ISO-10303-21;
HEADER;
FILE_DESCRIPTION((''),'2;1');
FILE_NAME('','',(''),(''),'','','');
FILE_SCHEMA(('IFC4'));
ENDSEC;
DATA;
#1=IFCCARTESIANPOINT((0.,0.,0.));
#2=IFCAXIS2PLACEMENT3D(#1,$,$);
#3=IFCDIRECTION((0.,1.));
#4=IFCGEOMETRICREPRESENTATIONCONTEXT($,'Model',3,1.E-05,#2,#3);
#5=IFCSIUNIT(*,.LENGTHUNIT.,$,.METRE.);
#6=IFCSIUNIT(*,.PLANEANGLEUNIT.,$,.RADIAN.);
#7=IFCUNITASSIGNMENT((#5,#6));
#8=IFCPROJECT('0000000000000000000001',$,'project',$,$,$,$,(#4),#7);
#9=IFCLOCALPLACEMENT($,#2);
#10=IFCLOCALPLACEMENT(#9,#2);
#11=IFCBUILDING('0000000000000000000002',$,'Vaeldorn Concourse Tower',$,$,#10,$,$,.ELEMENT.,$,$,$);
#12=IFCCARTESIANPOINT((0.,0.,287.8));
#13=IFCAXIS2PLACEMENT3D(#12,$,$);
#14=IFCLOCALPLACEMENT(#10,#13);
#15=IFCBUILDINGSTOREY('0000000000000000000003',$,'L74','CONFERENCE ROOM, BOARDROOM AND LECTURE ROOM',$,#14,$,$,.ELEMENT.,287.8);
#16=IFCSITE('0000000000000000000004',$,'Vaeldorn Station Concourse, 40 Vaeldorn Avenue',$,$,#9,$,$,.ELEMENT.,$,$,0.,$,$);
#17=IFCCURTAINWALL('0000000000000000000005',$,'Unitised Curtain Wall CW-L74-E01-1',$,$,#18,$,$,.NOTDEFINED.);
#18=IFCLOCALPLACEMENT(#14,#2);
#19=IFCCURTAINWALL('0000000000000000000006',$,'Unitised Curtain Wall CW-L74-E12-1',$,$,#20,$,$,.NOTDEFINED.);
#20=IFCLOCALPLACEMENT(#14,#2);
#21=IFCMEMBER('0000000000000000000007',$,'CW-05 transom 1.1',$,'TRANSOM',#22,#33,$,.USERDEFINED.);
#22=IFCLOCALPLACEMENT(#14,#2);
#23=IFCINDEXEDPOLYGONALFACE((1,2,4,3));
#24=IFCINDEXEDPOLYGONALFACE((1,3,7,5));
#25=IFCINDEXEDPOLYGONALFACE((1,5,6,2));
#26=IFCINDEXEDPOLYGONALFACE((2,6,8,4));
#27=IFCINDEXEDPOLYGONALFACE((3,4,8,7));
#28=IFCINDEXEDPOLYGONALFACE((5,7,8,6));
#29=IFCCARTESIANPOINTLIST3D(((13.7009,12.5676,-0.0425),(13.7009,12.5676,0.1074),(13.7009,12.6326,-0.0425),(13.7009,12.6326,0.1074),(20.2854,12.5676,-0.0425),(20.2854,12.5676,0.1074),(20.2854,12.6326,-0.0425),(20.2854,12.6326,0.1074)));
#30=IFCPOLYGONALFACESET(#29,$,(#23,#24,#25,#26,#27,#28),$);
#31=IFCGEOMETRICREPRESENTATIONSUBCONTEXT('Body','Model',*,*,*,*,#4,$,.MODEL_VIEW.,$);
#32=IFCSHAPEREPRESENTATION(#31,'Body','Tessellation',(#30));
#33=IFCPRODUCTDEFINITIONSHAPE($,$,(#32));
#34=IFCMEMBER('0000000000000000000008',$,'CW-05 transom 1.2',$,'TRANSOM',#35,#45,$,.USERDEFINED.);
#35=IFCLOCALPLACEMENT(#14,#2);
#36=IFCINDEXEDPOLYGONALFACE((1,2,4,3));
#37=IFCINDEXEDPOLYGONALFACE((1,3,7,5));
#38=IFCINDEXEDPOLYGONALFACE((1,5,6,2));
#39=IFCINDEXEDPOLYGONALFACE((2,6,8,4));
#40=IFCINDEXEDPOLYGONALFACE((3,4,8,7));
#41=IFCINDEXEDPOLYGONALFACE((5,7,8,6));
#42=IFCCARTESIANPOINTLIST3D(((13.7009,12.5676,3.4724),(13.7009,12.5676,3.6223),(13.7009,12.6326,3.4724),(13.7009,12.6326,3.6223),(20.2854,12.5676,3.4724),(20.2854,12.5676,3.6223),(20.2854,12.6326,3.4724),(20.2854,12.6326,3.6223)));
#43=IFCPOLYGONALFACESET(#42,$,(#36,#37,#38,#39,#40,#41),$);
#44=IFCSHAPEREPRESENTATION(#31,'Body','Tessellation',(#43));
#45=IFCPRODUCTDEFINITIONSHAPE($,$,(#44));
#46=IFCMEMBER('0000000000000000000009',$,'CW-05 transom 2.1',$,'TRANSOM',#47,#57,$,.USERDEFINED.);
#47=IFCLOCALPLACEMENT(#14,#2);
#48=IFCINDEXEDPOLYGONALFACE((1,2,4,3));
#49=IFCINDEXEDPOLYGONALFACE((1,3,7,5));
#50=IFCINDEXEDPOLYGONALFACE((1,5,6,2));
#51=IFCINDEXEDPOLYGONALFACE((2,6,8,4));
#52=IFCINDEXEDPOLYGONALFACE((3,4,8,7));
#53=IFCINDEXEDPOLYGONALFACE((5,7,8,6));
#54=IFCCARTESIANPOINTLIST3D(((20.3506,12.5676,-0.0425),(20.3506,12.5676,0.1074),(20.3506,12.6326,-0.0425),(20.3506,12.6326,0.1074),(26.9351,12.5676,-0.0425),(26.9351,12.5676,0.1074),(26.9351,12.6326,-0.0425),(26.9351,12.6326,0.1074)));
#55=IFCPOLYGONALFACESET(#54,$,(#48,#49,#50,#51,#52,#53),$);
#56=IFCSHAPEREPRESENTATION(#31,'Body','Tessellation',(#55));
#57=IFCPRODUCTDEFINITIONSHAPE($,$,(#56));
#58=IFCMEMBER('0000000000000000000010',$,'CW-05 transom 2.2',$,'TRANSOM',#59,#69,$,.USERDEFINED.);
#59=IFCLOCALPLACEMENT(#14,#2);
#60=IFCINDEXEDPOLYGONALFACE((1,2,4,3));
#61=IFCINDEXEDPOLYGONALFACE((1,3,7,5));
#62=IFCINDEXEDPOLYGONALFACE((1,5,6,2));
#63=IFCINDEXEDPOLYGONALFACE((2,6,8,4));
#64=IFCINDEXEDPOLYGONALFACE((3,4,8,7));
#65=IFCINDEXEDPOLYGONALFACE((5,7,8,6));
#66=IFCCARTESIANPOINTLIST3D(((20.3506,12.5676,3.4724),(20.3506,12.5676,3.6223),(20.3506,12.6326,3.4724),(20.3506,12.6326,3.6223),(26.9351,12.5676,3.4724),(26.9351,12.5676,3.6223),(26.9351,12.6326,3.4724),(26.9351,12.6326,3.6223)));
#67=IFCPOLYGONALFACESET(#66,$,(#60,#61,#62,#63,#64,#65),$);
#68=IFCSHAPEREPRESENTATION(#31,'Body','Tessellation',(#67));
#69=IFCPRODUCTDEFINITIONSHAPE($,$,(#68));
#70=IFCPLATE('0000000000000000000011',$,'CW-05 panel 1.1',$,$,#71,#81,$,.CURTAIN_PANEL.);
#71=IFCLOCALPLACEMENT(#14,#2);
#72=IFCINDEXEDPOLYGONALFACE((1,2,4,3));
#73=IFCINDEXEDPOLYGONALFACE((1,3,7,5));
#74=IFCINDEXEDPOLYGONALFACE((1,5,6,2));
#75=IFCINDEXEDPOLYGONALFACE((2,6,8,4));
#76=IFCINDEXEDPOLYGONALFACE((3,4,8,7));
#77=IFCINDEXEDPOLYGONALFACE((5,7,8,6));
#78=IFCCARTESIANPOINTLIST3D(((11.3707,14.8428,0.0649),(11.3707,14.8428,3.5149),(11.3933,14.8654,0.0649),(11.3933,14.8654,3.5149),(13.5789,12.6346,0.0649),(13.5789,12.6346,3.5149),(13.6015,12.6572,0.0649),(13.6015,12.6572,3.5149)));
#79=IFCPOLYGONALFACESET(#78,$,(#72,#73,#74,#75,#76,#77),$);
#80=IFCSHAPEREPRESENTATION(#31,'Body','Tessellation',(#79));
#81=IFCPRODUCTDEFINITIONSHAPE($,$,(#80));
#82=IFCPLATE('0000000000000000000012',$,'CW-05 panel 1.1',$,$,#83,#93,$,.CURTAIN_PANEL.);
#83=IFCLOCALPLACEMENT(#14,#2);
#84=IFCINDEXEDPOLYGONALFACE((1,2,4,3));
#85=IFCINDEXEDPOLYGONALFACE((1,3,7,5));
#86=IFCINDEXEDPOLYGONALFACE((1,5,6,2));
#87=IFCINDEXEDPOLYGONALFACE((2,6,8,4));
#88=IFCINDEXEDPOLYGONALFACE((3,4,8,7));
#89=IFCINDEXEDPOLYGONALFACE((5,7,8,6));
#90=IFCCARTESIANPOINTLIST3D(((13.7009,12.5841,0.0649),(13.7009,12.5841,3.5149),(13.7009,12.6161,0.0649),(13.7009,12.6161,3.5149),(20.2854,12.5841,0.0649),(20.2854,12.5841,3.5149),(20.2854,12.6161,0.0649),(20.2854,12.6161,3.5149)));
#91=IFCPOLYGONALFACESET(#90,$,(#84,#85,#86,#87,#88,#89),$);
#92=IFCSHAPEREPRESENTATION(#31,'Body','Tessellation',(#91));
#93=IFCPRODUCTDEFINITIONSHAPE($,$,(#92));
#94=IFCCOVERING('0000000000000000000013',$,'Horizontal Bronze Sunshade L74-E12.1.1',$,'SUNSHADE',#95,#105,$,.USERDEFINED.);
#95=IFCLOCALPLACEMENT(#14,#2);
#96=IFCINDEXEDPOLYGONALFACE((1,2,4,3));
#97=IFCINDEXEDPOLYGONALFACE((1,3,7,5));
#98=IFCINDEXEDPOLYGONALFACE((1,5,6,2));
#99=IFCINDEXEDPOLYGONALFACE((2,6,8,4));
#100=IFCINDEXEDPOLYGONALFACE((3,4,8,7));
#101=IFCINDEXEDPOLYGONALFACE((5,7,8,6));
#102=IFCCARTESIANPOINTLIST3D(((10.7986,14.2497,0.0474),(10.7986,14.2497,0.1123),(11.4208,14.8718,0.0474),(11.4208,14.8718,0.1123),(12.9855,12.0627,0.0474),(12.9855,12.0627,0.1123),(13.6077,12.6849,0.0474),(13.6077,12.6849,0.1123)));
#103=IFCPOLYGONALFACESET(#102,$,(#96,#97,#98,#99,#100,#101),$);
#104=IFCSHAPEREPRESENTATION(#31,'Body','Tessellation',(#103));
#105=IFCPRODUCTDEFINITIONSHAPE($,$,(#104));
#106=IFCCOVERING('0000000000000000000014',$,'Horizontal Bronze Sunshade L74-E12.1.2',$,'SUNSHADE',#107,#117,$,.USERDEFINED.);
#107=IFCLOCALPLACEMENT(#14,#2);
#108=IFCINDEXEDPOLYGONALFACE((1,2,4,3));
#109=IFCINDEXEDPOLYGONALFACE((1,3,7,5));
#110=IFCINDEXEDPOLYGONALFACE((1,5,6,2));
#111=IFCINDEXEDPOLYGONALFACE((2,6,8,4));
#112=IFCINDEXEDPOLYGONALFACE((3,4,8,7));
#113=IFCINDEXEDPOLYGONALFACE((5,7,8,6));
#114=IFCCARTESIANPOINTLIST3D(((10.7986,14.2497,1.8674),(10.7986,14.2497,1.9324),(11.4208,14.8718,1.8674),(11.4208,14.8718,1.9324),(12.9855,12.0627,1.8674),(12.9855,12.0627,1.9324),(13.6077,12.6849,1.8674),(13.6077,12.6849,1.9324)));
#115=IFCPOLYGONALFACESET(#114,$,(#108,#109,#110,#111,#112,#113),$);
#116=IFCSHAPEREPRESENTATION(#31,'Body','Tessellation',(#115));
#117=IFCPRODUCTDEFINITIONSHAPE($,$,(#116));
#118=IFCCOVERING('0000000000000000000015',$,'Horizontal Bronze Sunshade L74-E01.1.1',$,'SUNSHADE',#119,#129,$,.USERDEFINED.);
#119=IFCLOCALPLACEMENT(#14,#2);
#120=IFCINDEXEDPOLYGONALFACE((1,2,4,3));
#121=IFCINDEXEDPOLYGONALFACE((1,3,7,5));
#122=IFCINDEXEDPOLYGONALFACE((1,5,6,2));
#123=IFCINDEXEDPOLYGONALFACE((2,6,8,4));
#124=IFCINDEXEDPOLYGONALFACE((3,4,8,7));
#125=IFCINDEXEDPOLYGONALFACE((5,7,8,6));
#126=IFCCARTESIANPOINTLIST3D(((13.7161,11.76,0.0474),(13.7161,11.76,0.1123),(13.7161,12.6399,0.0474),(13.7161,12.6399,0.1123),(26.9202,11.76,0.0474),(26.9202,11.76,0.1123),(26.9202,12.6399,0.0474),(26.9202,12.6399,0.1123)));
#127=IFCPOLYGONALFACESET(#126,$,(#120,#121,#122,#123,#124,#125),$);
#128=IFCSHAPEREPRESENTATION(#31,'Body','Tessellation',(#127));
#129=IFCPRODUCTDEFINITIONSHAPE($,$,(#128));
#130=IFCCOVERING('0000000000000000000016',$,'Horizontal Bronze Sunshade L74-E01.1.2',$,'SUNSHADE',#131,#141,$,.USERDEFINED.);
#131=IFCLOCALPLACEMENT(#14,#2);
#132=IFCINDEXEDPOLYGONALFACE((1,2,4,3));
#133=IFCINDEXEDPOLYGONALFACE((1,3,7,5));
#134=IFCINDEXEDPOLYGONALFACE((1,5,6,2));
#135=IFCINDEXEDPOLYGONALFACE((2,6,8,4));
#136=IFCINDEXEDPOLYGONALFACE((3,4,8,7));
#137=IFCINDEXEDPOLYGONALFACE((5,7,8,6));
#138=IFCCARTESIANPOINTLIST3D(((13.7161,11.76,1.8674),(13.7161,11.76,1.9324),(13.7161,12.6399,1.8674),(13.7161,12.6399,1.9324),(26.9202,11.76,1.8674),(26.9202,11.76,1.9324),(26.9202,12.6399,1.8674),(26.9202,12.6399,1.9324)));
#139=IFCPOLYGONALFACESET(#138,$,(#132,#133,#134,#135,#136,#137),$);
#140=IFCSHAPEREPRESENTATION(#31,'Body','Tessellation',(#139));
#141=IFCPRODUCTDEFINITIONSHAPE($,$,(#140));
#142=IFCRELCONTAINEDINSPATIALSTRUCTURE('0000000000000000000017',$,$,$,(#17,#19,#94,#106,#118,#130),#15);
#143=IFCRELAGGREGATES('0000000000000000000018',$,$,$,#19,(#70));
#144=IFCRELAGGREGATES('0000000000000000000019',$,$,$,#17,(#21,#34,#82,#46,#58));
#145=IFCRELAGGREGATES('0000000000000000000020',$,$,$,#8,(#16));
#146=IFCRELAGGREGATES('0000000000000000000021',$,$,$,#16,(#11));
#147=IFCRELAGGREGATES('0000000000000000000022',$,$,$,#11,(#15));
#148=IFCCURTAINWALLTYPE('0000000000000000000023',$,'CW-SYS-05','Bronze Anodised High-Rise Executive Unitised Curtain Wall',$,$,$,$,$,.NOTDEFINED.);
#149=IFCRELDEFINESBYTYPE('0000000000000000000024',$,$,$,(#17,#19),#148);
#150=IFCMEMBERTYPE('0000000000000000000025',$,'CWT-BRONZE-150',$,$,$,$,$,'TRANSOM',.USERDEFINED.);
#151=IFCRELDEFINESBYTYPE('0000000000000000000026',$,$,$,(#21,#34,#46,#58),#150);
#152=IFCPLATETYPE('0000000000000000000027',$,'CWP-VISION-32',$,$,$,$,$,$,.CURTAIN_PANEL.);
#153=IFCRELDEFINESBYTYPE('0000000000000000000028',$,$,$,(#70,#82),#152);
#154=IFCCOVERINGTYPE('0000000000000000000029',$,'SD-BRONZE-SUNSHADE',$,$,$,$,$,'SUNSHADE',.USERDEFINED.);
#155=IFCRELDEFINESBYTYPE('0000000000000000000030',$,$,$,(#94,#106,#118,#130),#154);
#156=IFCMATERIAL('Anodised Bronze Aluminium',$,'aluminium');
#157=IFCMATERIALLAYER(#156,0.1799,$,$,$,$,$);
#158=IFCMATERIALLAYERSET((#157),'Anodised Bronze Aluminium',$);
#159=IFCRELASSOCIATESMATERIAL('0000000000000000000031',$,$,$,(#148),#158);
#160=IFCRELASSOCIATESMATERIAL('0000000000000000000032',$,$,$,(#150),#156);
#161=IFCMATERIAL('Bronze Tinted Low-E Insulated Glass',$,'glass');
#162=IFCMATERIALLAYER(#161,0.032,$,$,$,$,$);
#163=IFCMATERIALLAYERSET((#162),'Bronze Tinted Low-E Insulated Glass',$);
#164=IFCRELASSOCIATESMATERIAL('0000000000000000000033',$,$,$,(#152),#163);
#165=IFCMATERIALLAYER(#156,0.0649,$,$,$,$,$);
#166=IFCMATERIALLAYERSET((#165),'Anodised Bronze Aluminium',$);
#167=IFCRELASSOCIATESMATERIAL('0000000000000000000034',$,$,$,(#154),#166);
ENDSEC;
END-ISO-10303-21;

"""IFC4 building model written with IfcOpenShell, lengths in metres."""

from ifc_helpers import new_model, si_unit, direction, frame, origin, origin_2d, place, context, subcontext, project, spatial, rectangle, extrude, source, transform, mapped, material, layer, layer_set, material_profile, profile_set, type_object, element, aggregate, save


model = new_model("IFC4")

# Units and contexts
model_context = context("Model", 3, precision=1e-05, world=origin(), true_north=direction((0.0, 1.0)))
body_context = subcontext(model_context, "Body", "Model", "MODEL_VIEW")
ifc_project = project(units=[si_unit("LENGTHUNIT", "METRE"), si_unit("PLANEANGLEUNIT", "RADIAN")], contexts=[model_context])

# Site, building, storey
site_placement = place(None, origin())
site = spatial("IfcSite", under=ifc_project, at=site_placement, Name="Vaeldorn Station Concourse, 40 Vaeldorn Avenue", CompositionType="ELEMENT", RefElevation=0.0)
building_placement = place(site_placement, origin())
building = spatial("IfcBuilding", under=site, at=building_placement, Name="Vaeldorn Concourse Tower", CompositionType="ELEMENT")
storey_placement = place(building_placement, frame((0.0, 0.0, 287.8)))
storey = spatial("IfcBuildingStorey", under=building, at=storey_placement, Name="L74", Description="CONFERENCE ROOM, BOARDROOM AND LECTURE ROOM", CompositionType="ELEMENT", Elevation=287.8)

# Curtain wall
ifc_material_1 = material(Name="Anodised Bronze Aluminium", Category="aluminium")
ifc_layer_1 = layer(ifc_material_1, 0.1799)
ifc_layer_set_1 = layer_set([ifc_layer_1], Name="Anodised Bronze Aluminium")
curtain_wall_type = type_object("IfcCurtainWallType", Name="CW-SYS-05", Description="Bronze Anodised High-Rise Executive Unitised Curtain Wall", PredefinedType="NOTDEFINED", material=ifc_layer_set_1)
curtain_wall_1_placement = place(storey_placement, origin())
curtain_wall_1 = element("IfcCurtainWall", 1, at=curtain_wall_1_placement, inside=storey, type_object=curtain_wall_type, Name="Unitised Curtain Wall CW-L74-E01-1", PredefinedType="NOTDEFINED")

# Curtain wall
curtain_wall_2_placement = place(storey_placement, origin())
curtain_wall_2 = element("IfcCurtainWall", 2, at=curtain_wall_2_placement, inside=storey, type_object=curtain_wall_type, Name="Unitised Curtain Wall CW-L74-E12-1", PredefinedType="NOTDEFINED")

# Members
ifc_material_profile_1 = material_profile(ifc_material_1, rectangle(XDim=0.0649, YDim=0.1499, at=origin_2d()), Name="CWT 65x150")
ifc_profile_set_1 = profile_set([ifc_material_profile_1], Name="Anodised Bronze Aluminium")
member_type_1 = type_object("IfcMemberType", Name="CWT-BRONZE-150", ElementType="TRANSOM", PredefinedType="USERDEFINED", material=ifc_profile_set_1)
shared_shape_1 = source(origin(), body_context, "Body", "SweptSolid", [
    extrude(rectangle(XDim=0.0649, YDim=0.1499, at=origin_2d()), origin(), (0.0, 0.0, 1.0), 6.5845),
])
member_1_placement = place(storey_placement, frame((13.7009, 12.6001, 0.0325), z_axis=(1.0, 0.0, 0.0), x_axis=(0.0, 1.0, 0.0)))
member_1 = element("IfcMember", 3, at=member_1_placement, type_object=member_type_1, Name="CW-05 transom 1.1", ObjectType="TRANSOM", PredefinedType="USERDEFINED", context=body_context, shape_type="MappedRepresentation", body=[
    mapped(shared_shape_1, transform((0.0, 0.0, 0.0), scale=1.0)),
])
member_2_placement = place(storey_placement, frame((13.7009, 12.6001, 3.5474), z_axis=(1.0, 0.0, 0.0), x_axis=(0.0, 1.0, 0.0)))
member_2 = element("IfcMember", 4, at=member_2_placement, type_object=member_type_1, Name="CW-05 transom 1.2", ObjectType="TRANSOM", PredefinedType="USERDEFINED", context=body_context, shape_type="MappedRepresentation", body=[
    mapped(shared_shape_1, transform((0.0, 0.0, 0.0), scale=1.0)),
])
member_3_placement = place(storey_placement, frame((20.3506, 12.6001, 0.0325), z_axis=(1.0, 0.0, 0.0), x_axis=(0.0, 1.0, 0.0)))
member_3 = element("IfcMember", 5, at=member_3_placement, type_object=member_type_1, Name="CW-05 transom 2.1", ObjectType="TRANSOM", PredefinedType="USERDEFINED", context=body_context, shape_type="MappedRepresentation", body=[
    mapped(shared_shape_1, transform((0.0, 0.0, 0.0), scale=1.0)),
])
member_4_placement = place(storey_placement, frame((20.3506, 12.6001, 3.5474), z_axis=(1.0, 0.0, 0.0), x_axis=(0.0, 1.0, 0.0)))
member_4 = element("IfcMember", 6, at=member_4_placement, type_object=member_type_1, Name="CW-05 transom 2.2", ObjectType="TRANSOM", PredefinedType="USERDEFINED", context=body_context, shape_type="MappedRepresentation", body=[
    mapped(shared_shape_1, transform((0.0, 0.0, 0.0), scale=1.0)),
])

# Plates
ifc_material_2 = material(Name="Bronze Tinted Low-E Insulated Glass", Category="glass")
ifc_layer_2 = layer(ifc_material_2, 0.032)
ifc_layer_set_2 = layer_set([ifc_layer_2], Name="Bronze Tinted Low-E Insulated Glass")
plate_type = type_object("IfcPlateType", Name="CWP-VISION-32", PredefinedType="CURTAIN_PANEL", material=ifc_layer_set_2)
shared_shape_2 = source(origin(), body_context, "Body", "SweptSolid", [
    extrude(rectangle(XDim=3.1228, YDim=0.032, at=origin_2d()), origin(), (0.0, 0.0, 1.0), 3.45),
])
plate_1_placement = place(storey_placement, frame((12.4861, 13.75, 0.0649), z_axis=(0.0, 0.0, 1.0), x_axis=(0.707107, -0.707107, 0.0)))
plate_1 = element("IfcPlate", 7, at=plate_1_placement, type_object=plate_type, Name="CW-05 panel 1.1", PredefinedType="CURTAIN_PANEL", context=body_context, shape_type="MappedRepresentation", body=[
    mapped(shared_shape_2, transform((0.0, 0.0, 0.0), scale=1.0)),
])
aggregate(curtain_wall_2, [plate_1])
shared_shape_3 = source(origin(), body_context, "Body", "SweptSolid", [
    extrude(rectangle(XDim=6.5845, YDim=0.032, at=origin_2d()), origin(), (0.0, 0.0, 1.0), 3.45),
])
plate_2_placement = place(storey_placement, frame((16.9932, 12.6001, 0.0649), z_axis=(0.0, 0.0, 1.0), x_axis=(1.0, 0.0, 0.0)))
plate_2 = element("IfcPlate", 8, at=plate_2_placement, type_object=plate_type, Name="CW-05 panel 1.1", PredefinedType="CURTAIN_PANEL", context=body_context, shape_type="MappedRepresentation", body=[
    mapped(shared_shape_3, transform((0.0, 0.0, 0.0), scale=1.0)),
])
aggregate(curtain_wall_1, [member_1, member_2, plate_2, member_3, member_4])

# Coverings
ifc_layer_3 = layer(ifc_material_1, 0.0649)
ifc_layer_set_3 = layer_set([ifc_layer_3], Name="Anodised Bronze Aluminium")
covering_type = type_object("IfcCoveringType", Name="SD-BRONZE-SUNSHADE", ElementType="SUNSHADE", PredefinedType="USERDEFINED", material=ifc_layer_set_3)
shared_shape_4 = source(origin(), body_context, "Body", "SweptSolid", [
    extrude(rectangle(XDim=3.0928, YDim=0.8799, at=origin_2d()), origin(), (0.0, 0.0, 1.0), 0.0649),
])
for number, where, z_axis, x_axis, name in (
    (9, (12.2031, 13.4673, 0.0474), (0.0, 0.0, 1.0), (0.707107, -0.707107, 0.0), "Horizontal Bronze Sunshade L74-E12.1.1"),
    (10, (12.2031, 13.4673, 1.8674), (0.0, 0.0, 1.0), (0.707107, -0.707107, 0.0), "Horizontal Bronze Sunshade L74-E12.1.2"),
):
    element("IfcCovering", number, at=place(storey_placement, frame(where, z_axis=z_axis, x_axis=x_axis)), inside=storey, type_object=covering_type, Name=name, ObjectType="SUNSHADE", PredefinedType="USERDEFINED", context=body_context, shape_type="MappedRepresentation", body=[
        mapped(shared_shape_4, transform((0.0, 0.0, 0.0), scale=1.0)),
    ])
shared_shape_5 = source(origin(), body_context, "Body", "SweptSolid", [
    extrude(rectangle(XDim=13.2041, YDim=0.8799, at=origin_2d()), origin(), (0.0, 0.0, 1.0), 0.0649),
])
for number, where, z_axis, x_axis, name in (
    (11, (20.3181, 12.2, 0.0474), (0.0, 0.0, 1.0), (1.0, 0.0, 0.0), "Horizontal Bronze Sunshade L74-E01.1.1"),
    (12, (20.3181, 12.2, 1.8674), (0.0, 0.0, 1.0), (1.0, 0.0, 0.0), "Horizontal Bronze Sunshade L74-E01.1.2"),
):
    element("IfcCovering", number, at=place(storey_placement, frame(where, z_axis=z_axis, x_axis=x_axis)), inside=storey, type_object=covering_type, Name=name, ObjectType="SUNSHADE", PredefinedType="USERDEFINED", context=body_context, shape_type="MappedRepresentation", body=[
        mapped(shared_shape_5, transform((0.0, 0.0, 0.0), scale=1.0)),
    ])

save(model, "model.ifc")
